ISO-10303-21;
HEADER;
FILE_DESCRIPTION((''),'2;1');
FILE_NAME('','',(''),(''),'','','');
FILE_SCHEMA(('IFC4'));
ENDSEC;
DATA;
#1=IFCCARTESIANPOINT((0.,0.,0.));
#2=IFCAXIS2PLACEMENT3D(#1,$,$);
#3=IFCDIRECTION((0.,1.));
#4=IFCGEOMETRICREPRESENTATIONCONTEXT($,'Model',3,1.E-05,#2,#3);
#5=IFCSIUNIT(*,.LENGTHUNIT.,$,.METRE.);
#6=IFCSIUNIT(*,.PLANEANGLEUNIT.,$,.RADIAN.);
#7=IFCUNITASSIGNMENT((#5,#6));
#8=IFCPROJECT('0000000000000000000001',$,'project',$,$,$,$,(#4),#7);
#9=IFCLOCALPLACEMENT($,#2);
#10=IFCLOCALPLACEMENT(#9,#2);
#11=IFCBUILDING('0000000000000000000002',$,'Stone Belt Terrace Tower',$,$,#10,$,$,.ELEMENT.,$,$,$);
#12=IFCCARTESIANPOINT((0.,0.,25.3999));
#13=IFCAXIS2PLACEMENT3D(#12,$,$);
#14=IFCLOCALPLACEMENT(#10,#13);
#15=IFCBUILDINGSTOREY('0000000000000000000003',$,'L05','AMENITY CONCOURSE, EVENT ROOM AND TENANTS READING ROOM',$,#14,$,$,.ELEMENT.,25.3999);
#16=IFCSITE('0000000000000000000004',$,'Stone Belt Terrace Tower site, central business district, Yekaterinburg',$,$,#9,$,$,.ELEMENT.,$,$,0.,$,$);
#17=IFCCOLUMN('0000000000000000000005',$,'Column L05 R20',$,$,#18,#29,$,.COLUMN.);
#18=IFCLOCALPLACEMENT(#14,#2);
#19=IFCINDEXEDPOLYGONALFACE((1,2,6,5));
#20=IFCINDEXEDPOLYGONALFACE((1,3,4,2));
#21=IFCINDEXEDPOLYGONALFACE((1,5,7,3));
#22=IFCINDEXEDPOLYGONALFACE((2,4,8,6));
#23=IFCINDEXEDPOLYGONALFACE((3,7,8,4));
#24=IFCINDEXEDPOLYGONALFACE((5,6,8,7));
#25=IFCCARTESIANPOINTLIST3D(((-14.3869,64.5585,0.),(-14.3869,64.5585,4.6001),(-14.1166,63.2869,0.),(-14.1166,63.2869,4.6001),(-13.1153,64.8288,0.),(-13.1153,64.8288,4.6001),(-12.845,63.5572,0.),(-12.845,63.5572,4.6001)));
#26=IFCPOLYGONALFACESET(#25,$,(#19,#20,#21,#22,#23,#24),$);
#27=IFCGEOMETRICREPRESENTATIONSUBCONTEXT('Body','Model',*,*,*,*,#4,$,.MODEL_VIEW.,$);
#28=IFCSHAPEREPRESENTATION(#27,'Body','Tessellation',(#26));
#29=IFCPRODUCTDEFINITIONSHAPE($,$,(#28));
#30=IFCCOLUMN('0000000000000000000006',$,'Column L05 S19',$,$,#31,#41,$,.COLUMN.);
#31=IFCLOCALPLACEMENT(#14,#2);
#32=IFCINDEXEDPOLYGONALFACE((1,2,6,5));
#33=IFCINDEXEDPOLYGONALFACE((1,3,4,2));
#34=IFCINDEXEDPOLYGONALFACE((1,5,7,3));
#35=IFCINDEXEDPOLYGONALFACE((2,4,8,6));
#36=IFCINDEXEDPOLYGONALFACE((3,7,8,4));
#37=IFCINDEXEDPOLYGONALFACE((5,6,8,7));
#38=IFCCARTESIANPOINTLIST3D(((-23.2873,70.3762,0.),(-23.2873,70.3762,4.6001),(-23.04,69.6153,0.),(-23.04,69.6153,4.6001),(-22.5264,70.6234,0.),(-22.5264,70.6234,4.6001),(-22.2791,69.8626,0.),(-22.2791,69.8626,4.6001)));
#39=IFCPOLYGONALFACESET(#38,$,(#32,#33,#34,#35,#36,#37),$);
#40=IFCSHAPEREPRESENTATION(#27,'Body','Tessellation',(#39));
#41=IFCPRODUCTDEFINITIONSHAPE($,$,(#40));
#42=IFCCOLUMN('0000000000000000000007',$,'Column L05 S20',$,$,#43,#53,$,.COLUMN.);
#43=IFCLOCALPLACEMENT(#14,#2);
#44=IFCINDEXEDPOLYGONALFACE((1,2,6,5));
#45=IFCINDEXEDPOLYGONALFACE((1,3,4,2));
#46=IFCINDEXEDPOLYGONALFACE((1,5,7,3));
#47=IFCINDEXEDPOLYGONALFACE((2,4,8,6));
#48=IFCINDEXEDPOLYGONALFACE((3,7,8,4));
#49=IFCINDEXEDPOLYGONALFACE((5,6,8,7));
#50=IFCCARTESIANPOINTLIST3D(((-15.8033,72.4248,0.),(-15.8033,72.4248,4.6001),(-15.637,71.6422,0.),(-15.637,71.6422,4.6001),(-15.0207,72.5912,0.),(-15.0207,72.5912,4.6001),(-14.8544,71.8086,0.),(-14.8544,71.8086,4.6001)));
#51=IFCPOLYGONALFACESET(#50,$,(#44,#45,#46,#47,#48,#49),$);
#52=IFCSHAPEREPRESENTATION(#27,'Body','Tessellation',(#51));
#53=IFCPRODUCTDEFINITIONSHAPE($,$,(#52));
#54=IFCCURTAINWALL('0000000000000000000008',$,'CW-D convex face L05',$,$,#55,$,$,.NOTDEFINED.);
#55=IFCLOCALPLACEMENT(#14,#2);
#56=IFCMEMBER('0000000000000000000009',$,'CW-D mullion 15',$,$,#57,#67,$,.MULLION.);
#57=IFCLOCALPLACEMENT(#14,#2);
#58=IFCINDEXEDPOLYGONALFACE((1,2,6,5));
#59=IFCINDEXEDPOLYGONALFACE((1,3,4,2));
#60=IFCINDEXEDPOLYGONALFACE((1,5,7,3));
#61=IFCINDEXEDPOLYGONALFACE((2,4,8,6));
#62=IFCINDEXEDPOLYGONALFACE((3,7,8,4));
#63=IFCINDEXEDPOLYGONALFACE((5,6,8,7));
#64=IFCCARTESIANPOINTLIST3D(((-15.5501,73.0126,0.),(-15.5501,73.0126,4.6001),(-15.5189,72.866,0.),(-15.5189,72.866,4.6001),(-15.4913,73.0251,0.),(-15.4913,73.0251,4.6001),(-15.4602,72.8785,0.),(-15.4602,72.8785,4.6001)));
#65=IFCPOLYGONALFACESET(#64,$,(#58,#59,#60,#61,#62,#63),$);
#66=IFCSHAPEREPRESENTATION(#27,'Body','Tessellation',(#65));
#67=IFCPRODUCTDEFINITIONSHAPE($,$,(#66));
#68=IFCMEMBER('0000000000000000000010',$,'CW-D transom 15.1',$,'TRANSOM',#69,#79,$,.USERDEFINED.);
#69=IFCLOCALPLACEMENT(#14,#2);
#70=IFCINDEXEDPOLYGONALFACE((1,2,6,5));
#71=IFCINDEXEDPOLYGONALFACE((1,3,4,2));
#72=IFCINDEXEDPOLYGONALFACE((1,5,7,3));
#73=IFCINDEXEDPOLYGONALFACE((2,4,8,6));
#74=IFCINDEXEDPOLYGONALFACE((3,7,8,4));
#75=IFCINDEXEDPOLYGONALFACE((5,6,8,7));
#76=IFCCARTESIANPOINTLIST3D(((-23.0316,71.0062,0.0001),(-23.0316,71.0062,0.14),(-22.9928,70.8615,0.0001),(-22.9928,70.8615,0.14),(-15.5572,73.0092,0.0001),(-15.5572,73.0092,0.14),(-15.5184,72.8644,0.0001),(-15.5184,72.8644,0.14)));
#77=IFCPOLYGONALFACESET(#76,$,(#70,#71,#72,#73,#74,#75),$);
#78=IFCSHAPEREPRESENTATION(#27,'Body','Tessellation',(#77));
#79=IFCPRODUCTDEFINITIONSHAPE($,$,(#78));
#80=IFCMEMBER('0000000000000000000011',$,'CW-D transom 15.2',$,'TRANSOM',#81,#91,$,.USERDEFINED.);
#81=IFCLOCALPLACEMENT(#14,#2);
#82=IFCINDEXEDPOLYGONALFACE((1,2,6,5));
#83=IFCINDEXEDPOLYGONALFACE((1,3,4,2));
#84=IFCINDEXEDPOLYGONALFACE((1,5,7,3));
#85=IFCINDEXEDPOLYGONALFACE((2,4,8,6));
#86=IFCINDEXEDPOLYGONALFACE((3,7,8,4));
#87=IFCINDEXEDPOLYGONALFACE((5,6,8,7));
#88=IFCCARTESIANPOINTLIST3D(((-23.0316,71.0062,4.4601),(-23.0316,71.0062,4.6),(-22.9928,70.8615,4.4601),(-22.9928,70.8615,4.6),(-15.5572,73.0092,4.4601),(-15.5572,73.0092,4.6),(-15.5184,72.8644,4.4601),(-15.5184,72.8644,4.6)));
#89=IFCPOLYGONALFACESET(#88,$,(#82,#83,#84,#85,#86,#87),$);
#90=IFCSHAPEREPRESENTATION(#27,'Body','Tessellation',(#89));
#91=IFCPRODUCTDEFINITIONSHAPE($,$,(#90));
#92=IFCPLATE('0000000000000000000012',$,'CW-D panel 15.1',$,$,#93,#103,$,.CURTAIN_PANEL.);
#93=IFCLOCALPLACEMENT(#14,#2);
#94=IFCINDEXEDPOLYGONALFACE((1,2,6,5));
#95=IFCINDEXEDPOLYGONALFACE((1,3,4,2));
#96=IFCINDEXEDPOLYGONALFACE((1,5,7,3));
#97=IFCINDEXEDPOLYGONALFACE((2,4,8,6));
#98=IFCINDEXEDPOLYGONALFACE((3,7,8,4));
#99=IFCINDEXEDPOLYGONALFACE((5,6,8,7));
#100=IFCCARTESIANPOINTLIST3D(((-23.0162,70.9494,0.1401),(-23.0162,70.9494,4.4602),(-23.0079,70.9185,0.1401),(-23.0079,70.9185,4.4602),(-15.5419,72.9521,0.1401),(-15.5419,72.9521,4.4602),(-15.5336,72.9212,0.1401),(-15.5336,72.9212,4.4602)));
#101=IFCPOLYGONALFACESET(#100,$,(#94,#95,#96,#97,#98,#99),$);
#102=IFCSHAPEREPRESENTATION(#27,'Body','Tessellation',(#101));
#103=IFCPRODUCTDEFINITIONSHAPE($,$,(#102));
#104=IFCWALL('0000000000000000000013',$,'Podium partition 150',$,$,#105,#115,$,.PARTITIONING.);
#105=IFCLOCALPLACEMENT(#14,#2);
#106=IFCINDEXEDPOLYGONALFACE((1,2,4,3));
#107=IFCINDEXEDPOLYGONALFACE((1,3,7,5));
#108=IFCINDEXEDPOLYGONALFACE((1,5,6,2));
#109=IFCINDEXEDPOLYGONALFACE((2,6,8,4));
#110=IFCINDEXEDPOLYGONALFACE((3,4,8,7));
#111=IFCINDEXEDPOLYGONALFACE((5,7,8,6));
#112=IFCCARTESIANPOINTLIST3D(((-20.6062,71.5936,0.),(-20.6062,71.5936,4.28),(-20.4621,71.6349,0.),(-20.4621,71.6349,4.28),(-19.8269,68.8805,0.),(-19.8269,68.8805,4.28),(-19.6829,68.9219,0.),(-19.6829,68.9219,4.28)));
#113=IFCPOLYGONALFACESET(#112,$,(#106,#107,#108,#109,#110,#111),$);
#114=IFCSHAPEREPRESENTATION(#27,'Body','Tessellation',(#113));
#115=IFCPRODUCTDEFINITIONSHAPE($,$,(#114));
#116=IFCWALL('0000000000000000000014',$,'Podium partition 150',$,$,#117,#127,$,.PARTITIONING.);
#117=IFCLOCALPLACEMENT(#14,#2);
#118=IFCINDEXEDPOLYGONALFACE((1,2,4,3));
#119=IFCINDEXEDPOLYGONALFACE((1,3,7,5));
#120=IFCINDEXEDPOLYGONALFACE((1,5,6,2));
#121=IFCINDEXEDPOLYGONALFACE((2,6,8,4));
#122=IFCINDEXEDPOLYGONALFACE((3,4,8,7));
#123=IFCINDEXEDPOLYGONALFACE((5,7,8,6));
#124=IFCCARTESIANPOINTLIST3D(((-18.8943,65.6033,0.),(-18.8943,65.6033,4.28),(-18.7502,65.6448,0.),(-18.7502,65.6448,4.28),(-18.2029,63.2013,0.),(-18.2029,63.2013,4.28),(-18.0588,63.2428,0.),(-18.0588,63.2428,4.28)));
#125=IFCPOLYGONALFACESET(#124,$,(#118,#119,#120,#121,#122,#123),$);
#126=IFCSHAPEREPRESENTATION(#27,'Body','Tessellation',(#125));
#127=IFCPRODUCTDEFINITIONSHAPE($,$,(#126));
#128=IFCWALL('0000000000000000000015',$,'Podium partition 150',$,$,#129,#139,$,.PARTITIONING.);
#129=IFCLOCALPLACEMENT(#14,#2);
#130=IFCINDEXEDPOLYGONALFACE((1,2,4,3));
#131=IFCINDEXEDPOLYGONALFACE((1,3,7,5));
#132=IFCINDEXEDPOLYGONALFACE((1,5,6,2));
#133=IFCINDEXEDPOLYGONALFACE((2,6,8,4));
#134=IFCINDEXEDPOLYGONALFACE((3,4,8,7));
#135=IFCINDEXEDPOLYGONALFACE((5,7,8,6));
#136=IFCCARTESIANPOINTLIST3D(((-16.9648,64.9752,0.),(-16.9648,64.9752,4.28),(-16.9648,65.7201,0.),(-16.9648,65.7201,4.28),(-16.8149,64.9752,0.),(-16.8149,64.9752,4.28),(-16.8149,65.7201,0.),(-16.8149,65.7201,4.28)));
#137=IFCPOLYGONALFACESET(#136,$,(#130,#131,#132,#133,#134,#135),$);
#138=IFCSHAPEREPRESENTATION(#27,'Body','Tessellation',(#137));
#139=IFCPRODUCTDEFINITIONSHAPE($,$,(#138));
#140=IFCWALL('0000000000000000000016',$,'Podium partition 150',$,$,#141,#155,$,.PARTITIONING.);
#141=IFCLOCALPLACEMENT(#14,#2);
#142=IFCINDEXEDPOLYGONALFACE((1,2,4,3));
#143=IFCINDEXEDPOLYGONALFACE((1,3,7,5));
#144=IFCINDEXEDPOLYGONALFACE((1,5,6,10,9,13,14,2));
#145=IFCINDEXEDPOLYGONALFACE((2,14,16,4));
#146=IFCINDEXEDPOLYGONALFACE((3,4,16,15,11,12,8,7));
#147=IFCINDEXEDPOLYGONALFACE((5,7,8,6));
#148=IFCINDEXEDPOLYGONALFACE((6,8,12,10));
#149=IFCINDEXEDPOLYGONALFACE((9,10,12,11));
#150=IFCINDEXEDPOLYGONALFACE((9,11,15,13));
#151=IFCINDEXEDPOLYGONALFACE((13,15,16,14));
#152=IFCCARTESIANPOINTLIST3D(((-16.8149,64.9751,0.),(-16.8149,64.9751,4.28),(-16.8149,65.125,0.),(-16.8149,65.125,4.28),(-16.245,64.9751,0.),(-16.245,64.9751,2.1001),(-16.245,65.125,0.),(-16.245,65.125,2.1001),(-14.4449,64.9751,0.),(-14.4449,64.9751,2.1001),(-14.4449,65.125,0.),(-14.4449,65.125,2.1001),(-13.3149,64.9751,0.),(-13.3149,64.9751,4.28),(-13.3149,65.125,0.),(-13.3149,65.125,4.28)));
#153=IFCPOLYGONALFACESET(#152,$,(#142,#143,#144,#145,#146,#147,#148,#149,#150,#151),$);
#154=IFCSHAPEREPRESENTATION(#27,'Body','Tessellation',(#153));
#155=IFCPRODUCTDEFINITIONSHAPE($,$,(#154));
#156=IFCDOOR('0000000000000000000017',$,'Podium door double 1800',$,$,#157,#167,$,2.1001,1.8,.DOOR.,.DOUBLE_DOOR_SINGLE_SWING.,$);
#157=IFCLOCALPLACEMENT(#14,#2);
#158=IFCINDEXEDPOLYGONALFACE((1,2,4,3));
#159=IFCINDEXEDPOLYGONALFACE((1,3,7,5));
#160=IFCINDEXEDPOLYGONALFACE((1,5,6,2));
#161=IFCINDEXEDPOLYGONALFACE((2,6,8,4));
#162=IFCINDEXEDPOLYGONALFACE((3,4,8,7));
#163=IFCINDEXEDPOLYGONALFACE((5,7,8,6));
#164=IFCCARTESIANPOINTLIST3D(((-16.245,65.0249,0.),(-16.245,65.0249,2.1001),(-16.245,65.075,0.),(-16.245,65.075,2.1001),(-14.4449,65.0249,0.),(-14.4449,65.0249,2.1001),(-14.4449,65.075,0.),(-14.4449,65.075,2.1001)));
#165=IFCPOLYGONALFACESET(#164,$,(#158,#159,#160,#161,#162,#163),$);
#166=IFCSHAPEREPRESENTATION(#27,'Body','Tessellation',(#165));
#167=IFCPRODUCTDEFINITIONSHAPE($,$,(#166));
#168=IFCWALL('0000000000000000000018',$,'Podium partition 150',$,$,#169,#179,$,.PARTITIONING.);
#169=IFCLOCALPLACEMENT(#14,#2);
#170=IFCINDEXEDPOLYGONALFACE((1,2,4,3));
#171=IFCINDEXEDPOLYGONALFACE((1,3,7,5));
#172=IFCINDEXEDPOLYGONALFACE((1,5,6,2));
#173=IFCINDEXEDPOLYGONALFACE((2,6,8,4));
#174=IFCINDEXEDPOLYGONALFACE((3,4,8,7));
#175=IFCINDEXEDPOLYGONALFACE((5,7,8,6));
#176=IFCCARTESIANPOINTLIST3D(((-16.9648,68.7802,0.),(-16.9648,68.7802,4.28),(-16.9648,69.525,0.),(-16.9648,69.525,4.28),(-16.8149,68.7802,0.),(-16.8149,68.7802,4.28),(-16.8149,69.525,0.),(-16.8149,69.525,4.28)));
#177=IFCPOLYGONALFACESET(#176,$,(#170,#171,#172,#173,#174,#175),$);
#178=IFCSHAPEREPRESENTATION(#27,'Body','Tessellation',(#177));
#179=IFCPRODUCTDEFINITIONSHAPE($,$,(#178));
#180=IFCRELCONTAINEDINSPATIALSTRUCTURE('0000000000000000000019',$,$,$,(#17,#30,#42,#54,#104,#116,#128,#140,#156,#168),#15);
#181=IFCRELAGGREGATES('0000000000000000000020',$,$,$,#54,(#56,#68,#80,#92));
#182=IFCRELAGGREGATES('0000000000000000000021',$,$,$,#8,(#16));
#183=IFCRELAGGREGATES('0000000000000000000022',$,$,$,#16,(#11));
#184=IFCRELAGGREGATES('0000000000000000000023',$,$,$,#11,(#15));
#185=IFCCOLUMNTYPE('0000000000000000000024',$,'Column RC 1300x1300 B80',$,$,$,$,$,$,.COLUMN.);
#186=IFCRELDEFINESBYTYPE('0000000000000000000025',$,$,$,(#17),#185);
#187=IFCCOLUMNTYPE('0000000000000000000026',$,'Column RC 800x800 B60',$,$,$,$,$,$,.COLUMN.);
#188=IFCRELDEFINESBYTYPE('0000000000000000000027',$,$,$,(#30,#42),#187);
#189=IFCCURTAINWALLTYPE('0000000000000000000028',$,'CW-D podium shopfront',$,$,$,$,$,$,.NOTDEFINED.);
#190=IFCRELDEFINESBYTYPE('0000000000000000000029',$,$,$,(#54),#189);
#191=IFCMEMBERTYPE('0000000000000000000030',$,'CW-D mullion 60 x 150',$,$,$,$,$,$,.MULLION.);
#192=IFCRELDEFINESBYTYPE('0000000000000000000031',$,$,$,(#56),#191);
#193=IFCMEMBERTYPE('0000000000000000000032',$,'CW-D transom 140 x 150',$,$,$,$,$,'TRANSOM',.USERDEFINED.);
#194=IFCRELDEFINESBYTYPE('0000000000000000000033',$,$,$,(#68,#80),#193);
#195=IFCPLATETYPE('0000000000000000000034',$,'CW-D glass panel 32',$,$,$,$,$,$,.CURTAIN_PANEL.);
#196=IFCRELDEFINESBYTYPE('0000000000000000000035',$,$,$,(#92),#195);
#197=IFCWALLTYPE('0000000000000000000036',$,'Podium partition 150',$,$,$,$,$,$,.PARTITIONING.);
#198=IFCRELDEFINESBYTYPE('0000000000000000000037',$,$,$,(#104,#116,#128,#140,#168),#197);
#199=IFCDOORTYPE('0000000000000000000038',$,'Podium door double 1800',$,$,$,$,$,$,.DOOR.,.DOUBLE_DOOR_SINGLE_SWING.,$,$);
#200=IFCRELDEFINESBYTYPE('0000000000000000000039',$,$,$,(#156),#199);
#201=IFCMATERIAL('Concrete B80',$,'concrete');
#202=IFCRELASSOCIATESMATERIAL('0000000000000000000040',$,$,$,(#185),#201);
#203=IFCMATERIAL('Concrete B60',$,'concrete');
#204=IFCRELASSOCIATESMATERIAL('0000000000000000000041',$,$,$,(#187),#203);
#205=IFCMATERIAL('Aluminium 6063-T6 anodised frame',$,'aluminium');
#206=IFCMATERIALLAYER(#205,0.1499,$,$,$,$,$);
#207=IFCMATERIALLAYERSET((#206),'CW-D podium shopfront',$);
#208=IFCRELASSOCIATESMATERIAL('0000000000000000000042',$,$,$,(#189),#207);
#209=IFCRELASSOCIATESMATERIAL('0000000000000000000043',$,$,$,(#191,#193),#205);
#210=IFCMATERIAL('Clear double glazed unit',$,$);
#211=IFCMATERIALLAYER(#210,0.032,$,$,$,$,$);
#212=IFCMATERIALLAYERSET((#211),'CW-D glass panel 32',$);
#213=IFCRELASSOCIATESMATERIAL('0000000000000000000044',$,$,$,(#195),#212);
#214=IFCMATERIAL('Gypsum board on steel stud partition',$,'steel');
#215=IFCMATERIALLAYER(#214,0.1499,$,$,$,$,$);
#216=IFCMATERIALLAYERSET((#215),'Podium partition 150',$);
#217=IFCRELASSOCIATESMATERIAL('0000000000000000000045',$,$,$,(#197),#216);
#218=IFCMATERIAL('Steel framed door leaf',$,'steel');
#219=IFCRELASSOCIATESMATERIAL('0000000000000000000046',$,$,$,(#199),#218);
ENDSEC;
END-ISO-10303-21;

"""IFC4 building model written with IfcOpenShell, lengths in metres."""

from ifc_helpers import new_model, si_unit, direction, frame, frame_2d, origin, origin_2d, place, context, subcontext, project, spatial, rectangle, extrude, material, layer, layer_set, material_profile, profile_set, type_object, element, fill, aggregate, save


model = new_model("IFC4")

# Units and contexts
model_context = context("Model", 3, precision=1e-05, world=origin(), true_north=direction((0.0, 1.0)))
body_context = subcontext(model_context, "Body", "Model", "MODEL_VIEW")
ifc_project = project(units=[si_unit("LENGTHUNIT", "METRE"), si_unit("PLANEANGLEUNIT", "RADIAN")], contexts=[model_context])

# Site, building, storey
site_placement = place(None, origin())
site = spatial("IfcSite", under=ifc_project, at=site_placement, Name="Stone Belt Terrace Tower site, central business district, Yekaterinburg", CompositionType="ELEMENT", RefElevation=0.0)
building_placement = place(site_placement, origin())
building = spatial("IfcBuilding", under=site, at=building_placement, Name="Stone Belt Terrace Tower", CompositionType="ELEMENT")
storey_placement = place(building_placement, frame((0.0, 0.0, 25.3999)))
storey = spatial("IfcBuildingStorey", under=building, at=storey_placement, Name="L05", Description="AMENITY CONCOURSE, EVENT ROOM AND TENANTS READING ROOM", CompositionType="ELEMENT", Elevation=25.3999)

# Columns
ifc_material_1 = material(Name="Concrete B80", Category="concrete")
ifc_material_profile_1 = material_profile(ifc_material_1, rectangle(XDim=1.3, YDim=1.3, at=origin_2d()), Name="RC 1300x1300")
ifc_profile_set_1 = profile_set([ifc_material_profile_1], Name="Concrete B80")
column_type_1 = type_object("IfcColumnType", Name="Column RC 1300x1300 B80", PredefinedType="COLUMN", material=ifc_profile_set_1)
column_placement = place(storey_placement, frame((-13.616, 64.0579, 0.0), z_axis=(0.0, 0.0, 1.0), x_axis=(0.978148, 0.207912, 0.0)))
element("IfcColumn", 1, at=column_placement, inside=storey, type_object=column_type_1, Name="Column L05 R20", PredefinedType="COLUMN", context=body_context, shape_type="SweptSolid", body=[
    extrude(rectangle(XDim=1.3, YDim=1.3, at=origin_2d()), origin(), (0.0, 0.0, 1.0), 4.6001),
])
ifc_material_2 = material(Name="Concrete B60", Category="concrete")
ifc_material_profile_2 = material_profile(ifc_material_2, rectangle(XDim=0.8, YDim=0.8, at=origin_2d()), Name="RC 800x800")
ifc_profile_set_2 = profile_set([ifc_material_profile_2], Name="Concrete B60")
column_type_2 = type_object("IfcColumnType", Name="Column RC 800x800 B60", PredefinedType="COLUMN", material=ifc_profile_set_2)
for number, where, z_axis, x_axis, name in (
    (2, (-22.7832, 70.1194, 0.0), (0.0, 0.0, 1.0), (0.951057, 0.309017, 0.0), "Column L05 S19"),
    (3, (-15.3289, 72.1167, 0.0), (0.0, 0.0, 1.0), (0.978148, 0.207912, 0.0), "Column L05 S20"),
):
    element("IfcColumn", number, at=place(storey_placement, frame(where, z_axis=z_axis, x_axis=x_axis)), inside=storey, type_object=column_type_2, Name=name, PredefinedType="COLUMN", context=body_context, shape_type="SweptSolid", body=[
        extrude(rectangle(XDim=0.8, YDim=0.8, at=origin_2d()), origin(), (0.0, 0.0, 1.0), 4.6001),
    ])

# Curtain wall, members, plate
ifc_material_3 = material(Name="Aluminium 6063-T6 anodised frame", Category="aluminium")
ifc_layer_1 = layer(ifc_material_3, 0.1499)
ifc_layer_set_1 = layer_set([ifc_layer_1], Name="CW-D podium shopfront")
curtain_wall_type = type_object("IfcCurtainWallType", Name="CW-D podium shopfront", PredefinedType="NOTDEFINED", material=ifc_layer_set_1)
curtain_wall_placement = place(storey_placement, origin())
curtain_wall = element("IfcCurtainWall", 4, at=curtain_wall_placement, inside=storey, type_object=curtain_wall_type, Name="CW-D convex face L05", PredefinedType="NOTDEFINED")
ifc_material_profile_3 = material_profile(ifc_material_3, rectangle(XDim=0.1499, YDim=0.0601, at=origin_2d()), Name="Aluminium 6063-T6 60x150")
ifc_profile_set_3 = profile_set([ifc_material_profile_3], Name="Aluminium 6063-T6 anodised frame")
member_type_1 = type_object("IfcMemberType", Name="CW-D mullion 60 x 150", PredefinedType="MULLION", material=ifc_profile_set_3)
member_1_placement = place(storey_placement, frame((-15.5051, 72.9456, 0.0), z_axis=(0.0, 0.0, 1.0), x_axis=(0.207912, -0.978148, 0.0)))
member_1 = element("IfcMember", 5, at=member_1_placement, type_object=member_type_1, Name="CW-D mullion 15", PredefinedType="MULLION", context=body_context, shape_type="SweptSolid", body=[
    extrude(rectangle(XDim=0.1499, YDim=0.0601, at=origin_2d()), origin(), (0.0, 0.0, 1.0), 4.6001),
])
ifc_material_profile_4 = material_profile(ifc_material_3, rectangle(XDim=0.1499, YDim=0.1399, at=origin_2d()), Name="Aluminium 6063-T6 150x140")
ifc_profile_set_4 = profile_set([ifc_material_profile_4], Name="Aluminium 6063-T6 anodised frame")
member_type_2 = type_object("IfcMemberType", Name="CW-D transom 140 x 150", ElementType="TRANSOM", PredefinedType="USERDEFINED", material=ifc_profile_set_4)
member_2_placement = place(storey_placement, frame((-15.5378, 72.9368, 0.0701), z_axis=(-0.96592, -0.258841, 0.0), x_axis=(0.258841, -0.96592, 0.0)))
member_2 = element("IfcMember", 6, at=member_2_placement, type_object=member_type_2, Name="CW-D transom 15.1", ObjectType="TRANSOM", PredefinedType="USERDEFINED", context=body_context, shape_type="SweptSolid", body=[
    extrude(rectangle(XDim=0.1499, YDim=0.1399, at=origin_2d()), origin(), (0.0, 0.0, 1.0), 7.738),
])
member_3_placement = place(storey_placement, frame((-15.5378, 72.9368, 4.53), z_axis=(-0.96592, -0.258841, 0.0), x_axis=(0.258841, -0.96592, 0.0)))
member_3 = element("IfcMember", 7, at=member_3_placement, type_object=member_type_2, Name="CW-D transom 15.2", ObjectType="TRANSOM", PredefinedType="USERDEFINED", context=body_context, shape_type="SweptSolid", body=[
    extrude(rectangle(XDim=0.1499, YDim=0.1399, at=origin_2d()), origin(), (0.0, 0.0, 1.0), 7.738),
])
ifc_material_4 = material(Name="Clear double glazed unit")
ifc_layer_2 = layer(ifc_material_4, 0.032)
ifc_layer_set_2 = layer_set([ifc_layer_2], Name="CW-D glass panel 32")
plate_type = type_object("IfcPlateType", Name="CW-D glass panel 32", PredefinedType="CURTAIN_PANEL", material=ifc_layer_set_2)
plate_placement = place(storey_placement, frame((-19.2749, 71.9353, 0.1401), z_axis=(0.0, 0.0, 1.0), x_axis=(-0.965926, -0.258819, 0.0)))
plate = element("IfcPlate", 8, at=plate_placement, type_object=plate_type, Name="CW-D panel 15.1", PredefinedType="CURTAIN_PANEL", context=body_context, shape_type="SweptSolid", body=[
    extrude(rectangle(XDim=7.738, YDim=0.032, at=origin_2d()), origin(), (0.0, 0.0, 1.0), 4.3201),
])
aggregate(curtain_wall, [member_1, member_2, member_3, plate])

# Walls
ifc_material_5 = material(Name="Gypsum board on steel stud partition", Category="steel")
ifc_layer_3 = layer(ifc_material_5, 0.1499)
ifc_layer_set_3 = layer_set([ifc_layer_3], Name="Podium partition 150")
wall_type_1 = type_object("IfcWallType", Name="Podium partition 150", PredefinedType="PARTITIONING", material=ifc_layer_set_3)
wall_1_placement = place(storey_placement, frame((-20.5342, 71.6143, 0.0), z_axis=(0.0, 0.0, 1.0), x_axis=(0.276069, -0.961138, 0.0)))
element("IfcWall", 9, at=wall_1_placement, inside=storey, type_object=wall_type_1, Name="Podium partition 150", PredefinedType="PARTITIONING", context=body_context, shape_type="SweptSolid", body=[
    extrude(rectangle(XDim=2.8228, YDim=0.1499, at=frame_2d((1.4114, 0.0))), origin(), (0.0, 0.0, 1.0), 4.28),
])
wall_2_placement = place(storey_placement, frame((-18.8223, 65.624, 0.0), z_axis=(0.0, 0.0, 1.0), x_axis=(0.27663, -0.960977, 0.0)))
element("IfcWall", 10, at=wall_2_placement, inside=storey, type_object=wall_type_1, Name="Podium partition 150", PredefinedType="PARTITIONING", context=body_context, shape_type="SweptSolid", body=[
    extrude(rectangle(XDim=2.4995, YDim=0.1499, at=frame_2d((1.2498, 0.0))), origin(), (0.0, 0.0, 1.0), 4.28),
])
wall_3_placement = place(storey_placement, frame((-16.8899, 64.9751, 0.0), z_axis=(0.0, 0.0, 1.0), x_axis=(0.0, 1.0, 0.0)))
element("IfcWall", 11, at=wall_3_placement, inside=storey, type_object=wall_type_1, Name="Podium partition 150", PredefinedType="PARTITIONING", context=body_context, shape_type="SweptSolid", body=[
    extrude(rectangle(XDim=0.7449, YDim=0.1499, at=frame_2d((0.3726, 0.0))), origin(), (0.0, 0.0, 1.0), 4.28),
])

# Wall, opening, door
wall_4_placement = place(storey_placement, frame((-16.8149, 65.05, 0.0), z_axis=(0.0, 0.0, 1.0), x_axis=(1.0, 0.0, 0.0)))
wall_4 = element("IfcWall", 12, at=wall_4_placement, inside=storey, type_object=wall_type_1, Name="Podium partition 150", PredefinedType="PARTITIONING", context=body_context, shape_type="SweptSolid", body=[
    extrude(rectangle(XDim=3.5, YDim=0.1499, at=frame_2d((1.75, 0.0))), origin(), (0.0, 0.0, 1.0), 4.28),
])
opening_1_placement = place(wall_4_placement, frame((0.5701, 0.0, 0.0)))
opening_1 = element("IfcOpeningElement", 13, at=opening_1_placement, cuts=wall_4, PredefinedType="OPENING", context=body_context, shape_type="SweptSolid", body=[
    extrude(rectangle(XDim=1.8, YDim=2.1001, at=frame_2d((0.8999, 1.05))), frame((0.0, 0.085, 0.0), z_axis=(0.0, -1.0, 0.0), x_axis=(1.0, 0.0, 0.0)), (0.0, 0.0, 1.0), 0.1699),
])
ifc_material_6 = material(Name="Steel framed door leaf", Category="steel")
door_type_1 = type_object("IfcDoorType", Name="Podium door double 1800", OperationType="DOUBLE_DOOR_SINGLE_SWING", PredefinedType="DOOR", material=ifc_material_6)
door_1_placement = place(opening_1_placement, origin())
door_1 = element("IfcDoor", 14, at=door_1_placement, inside=storey, type_object=door_type_1, Name="Podium door double 1800", OperationType="DOUBLE_DOOR_SINGLE_SWING", OverallHeight=2.1001, OverallWidth=1.8, PredefinedType="DOOR", context=body_context, shape_type="SweptSolid", body=[
    extrude(rectangle(XDim=1.8, YDim=2.1001, at=frame_2d((0.8999, 1.05))), frame((0.0, 0.0249, 0.0), z_axis=(0.0, -1.0, 0.0), x_axis=(1.0, 0.0, 0.0)), (0.0, 0.0, 1.0), 0.05),
])
fill(opening_1, door_1)

# Wall
wall_5_placement = place(storey_placement, frame((-16.8899, 68.78, 0.0), z_axis=(0.0, 0.0, 1.0), x_axis=(0.0, 1.0, 0.0)))
element("IfcWall", 15, at=wall_5_placement, inside=storey, type_object=wall_type_1, Name="Podium partition 150", PredefinedType="PARTITIONING", context=body_context, shape_type="SweptSolid", body=[
    extrude(rectangle(XDim=0.7449, YDim=0.1499, at=frame_2d((0.3726, 0.0))), origin(), (0.0, 0.0, 1.0), 4.28),
])

save(model, "model.ifc")
